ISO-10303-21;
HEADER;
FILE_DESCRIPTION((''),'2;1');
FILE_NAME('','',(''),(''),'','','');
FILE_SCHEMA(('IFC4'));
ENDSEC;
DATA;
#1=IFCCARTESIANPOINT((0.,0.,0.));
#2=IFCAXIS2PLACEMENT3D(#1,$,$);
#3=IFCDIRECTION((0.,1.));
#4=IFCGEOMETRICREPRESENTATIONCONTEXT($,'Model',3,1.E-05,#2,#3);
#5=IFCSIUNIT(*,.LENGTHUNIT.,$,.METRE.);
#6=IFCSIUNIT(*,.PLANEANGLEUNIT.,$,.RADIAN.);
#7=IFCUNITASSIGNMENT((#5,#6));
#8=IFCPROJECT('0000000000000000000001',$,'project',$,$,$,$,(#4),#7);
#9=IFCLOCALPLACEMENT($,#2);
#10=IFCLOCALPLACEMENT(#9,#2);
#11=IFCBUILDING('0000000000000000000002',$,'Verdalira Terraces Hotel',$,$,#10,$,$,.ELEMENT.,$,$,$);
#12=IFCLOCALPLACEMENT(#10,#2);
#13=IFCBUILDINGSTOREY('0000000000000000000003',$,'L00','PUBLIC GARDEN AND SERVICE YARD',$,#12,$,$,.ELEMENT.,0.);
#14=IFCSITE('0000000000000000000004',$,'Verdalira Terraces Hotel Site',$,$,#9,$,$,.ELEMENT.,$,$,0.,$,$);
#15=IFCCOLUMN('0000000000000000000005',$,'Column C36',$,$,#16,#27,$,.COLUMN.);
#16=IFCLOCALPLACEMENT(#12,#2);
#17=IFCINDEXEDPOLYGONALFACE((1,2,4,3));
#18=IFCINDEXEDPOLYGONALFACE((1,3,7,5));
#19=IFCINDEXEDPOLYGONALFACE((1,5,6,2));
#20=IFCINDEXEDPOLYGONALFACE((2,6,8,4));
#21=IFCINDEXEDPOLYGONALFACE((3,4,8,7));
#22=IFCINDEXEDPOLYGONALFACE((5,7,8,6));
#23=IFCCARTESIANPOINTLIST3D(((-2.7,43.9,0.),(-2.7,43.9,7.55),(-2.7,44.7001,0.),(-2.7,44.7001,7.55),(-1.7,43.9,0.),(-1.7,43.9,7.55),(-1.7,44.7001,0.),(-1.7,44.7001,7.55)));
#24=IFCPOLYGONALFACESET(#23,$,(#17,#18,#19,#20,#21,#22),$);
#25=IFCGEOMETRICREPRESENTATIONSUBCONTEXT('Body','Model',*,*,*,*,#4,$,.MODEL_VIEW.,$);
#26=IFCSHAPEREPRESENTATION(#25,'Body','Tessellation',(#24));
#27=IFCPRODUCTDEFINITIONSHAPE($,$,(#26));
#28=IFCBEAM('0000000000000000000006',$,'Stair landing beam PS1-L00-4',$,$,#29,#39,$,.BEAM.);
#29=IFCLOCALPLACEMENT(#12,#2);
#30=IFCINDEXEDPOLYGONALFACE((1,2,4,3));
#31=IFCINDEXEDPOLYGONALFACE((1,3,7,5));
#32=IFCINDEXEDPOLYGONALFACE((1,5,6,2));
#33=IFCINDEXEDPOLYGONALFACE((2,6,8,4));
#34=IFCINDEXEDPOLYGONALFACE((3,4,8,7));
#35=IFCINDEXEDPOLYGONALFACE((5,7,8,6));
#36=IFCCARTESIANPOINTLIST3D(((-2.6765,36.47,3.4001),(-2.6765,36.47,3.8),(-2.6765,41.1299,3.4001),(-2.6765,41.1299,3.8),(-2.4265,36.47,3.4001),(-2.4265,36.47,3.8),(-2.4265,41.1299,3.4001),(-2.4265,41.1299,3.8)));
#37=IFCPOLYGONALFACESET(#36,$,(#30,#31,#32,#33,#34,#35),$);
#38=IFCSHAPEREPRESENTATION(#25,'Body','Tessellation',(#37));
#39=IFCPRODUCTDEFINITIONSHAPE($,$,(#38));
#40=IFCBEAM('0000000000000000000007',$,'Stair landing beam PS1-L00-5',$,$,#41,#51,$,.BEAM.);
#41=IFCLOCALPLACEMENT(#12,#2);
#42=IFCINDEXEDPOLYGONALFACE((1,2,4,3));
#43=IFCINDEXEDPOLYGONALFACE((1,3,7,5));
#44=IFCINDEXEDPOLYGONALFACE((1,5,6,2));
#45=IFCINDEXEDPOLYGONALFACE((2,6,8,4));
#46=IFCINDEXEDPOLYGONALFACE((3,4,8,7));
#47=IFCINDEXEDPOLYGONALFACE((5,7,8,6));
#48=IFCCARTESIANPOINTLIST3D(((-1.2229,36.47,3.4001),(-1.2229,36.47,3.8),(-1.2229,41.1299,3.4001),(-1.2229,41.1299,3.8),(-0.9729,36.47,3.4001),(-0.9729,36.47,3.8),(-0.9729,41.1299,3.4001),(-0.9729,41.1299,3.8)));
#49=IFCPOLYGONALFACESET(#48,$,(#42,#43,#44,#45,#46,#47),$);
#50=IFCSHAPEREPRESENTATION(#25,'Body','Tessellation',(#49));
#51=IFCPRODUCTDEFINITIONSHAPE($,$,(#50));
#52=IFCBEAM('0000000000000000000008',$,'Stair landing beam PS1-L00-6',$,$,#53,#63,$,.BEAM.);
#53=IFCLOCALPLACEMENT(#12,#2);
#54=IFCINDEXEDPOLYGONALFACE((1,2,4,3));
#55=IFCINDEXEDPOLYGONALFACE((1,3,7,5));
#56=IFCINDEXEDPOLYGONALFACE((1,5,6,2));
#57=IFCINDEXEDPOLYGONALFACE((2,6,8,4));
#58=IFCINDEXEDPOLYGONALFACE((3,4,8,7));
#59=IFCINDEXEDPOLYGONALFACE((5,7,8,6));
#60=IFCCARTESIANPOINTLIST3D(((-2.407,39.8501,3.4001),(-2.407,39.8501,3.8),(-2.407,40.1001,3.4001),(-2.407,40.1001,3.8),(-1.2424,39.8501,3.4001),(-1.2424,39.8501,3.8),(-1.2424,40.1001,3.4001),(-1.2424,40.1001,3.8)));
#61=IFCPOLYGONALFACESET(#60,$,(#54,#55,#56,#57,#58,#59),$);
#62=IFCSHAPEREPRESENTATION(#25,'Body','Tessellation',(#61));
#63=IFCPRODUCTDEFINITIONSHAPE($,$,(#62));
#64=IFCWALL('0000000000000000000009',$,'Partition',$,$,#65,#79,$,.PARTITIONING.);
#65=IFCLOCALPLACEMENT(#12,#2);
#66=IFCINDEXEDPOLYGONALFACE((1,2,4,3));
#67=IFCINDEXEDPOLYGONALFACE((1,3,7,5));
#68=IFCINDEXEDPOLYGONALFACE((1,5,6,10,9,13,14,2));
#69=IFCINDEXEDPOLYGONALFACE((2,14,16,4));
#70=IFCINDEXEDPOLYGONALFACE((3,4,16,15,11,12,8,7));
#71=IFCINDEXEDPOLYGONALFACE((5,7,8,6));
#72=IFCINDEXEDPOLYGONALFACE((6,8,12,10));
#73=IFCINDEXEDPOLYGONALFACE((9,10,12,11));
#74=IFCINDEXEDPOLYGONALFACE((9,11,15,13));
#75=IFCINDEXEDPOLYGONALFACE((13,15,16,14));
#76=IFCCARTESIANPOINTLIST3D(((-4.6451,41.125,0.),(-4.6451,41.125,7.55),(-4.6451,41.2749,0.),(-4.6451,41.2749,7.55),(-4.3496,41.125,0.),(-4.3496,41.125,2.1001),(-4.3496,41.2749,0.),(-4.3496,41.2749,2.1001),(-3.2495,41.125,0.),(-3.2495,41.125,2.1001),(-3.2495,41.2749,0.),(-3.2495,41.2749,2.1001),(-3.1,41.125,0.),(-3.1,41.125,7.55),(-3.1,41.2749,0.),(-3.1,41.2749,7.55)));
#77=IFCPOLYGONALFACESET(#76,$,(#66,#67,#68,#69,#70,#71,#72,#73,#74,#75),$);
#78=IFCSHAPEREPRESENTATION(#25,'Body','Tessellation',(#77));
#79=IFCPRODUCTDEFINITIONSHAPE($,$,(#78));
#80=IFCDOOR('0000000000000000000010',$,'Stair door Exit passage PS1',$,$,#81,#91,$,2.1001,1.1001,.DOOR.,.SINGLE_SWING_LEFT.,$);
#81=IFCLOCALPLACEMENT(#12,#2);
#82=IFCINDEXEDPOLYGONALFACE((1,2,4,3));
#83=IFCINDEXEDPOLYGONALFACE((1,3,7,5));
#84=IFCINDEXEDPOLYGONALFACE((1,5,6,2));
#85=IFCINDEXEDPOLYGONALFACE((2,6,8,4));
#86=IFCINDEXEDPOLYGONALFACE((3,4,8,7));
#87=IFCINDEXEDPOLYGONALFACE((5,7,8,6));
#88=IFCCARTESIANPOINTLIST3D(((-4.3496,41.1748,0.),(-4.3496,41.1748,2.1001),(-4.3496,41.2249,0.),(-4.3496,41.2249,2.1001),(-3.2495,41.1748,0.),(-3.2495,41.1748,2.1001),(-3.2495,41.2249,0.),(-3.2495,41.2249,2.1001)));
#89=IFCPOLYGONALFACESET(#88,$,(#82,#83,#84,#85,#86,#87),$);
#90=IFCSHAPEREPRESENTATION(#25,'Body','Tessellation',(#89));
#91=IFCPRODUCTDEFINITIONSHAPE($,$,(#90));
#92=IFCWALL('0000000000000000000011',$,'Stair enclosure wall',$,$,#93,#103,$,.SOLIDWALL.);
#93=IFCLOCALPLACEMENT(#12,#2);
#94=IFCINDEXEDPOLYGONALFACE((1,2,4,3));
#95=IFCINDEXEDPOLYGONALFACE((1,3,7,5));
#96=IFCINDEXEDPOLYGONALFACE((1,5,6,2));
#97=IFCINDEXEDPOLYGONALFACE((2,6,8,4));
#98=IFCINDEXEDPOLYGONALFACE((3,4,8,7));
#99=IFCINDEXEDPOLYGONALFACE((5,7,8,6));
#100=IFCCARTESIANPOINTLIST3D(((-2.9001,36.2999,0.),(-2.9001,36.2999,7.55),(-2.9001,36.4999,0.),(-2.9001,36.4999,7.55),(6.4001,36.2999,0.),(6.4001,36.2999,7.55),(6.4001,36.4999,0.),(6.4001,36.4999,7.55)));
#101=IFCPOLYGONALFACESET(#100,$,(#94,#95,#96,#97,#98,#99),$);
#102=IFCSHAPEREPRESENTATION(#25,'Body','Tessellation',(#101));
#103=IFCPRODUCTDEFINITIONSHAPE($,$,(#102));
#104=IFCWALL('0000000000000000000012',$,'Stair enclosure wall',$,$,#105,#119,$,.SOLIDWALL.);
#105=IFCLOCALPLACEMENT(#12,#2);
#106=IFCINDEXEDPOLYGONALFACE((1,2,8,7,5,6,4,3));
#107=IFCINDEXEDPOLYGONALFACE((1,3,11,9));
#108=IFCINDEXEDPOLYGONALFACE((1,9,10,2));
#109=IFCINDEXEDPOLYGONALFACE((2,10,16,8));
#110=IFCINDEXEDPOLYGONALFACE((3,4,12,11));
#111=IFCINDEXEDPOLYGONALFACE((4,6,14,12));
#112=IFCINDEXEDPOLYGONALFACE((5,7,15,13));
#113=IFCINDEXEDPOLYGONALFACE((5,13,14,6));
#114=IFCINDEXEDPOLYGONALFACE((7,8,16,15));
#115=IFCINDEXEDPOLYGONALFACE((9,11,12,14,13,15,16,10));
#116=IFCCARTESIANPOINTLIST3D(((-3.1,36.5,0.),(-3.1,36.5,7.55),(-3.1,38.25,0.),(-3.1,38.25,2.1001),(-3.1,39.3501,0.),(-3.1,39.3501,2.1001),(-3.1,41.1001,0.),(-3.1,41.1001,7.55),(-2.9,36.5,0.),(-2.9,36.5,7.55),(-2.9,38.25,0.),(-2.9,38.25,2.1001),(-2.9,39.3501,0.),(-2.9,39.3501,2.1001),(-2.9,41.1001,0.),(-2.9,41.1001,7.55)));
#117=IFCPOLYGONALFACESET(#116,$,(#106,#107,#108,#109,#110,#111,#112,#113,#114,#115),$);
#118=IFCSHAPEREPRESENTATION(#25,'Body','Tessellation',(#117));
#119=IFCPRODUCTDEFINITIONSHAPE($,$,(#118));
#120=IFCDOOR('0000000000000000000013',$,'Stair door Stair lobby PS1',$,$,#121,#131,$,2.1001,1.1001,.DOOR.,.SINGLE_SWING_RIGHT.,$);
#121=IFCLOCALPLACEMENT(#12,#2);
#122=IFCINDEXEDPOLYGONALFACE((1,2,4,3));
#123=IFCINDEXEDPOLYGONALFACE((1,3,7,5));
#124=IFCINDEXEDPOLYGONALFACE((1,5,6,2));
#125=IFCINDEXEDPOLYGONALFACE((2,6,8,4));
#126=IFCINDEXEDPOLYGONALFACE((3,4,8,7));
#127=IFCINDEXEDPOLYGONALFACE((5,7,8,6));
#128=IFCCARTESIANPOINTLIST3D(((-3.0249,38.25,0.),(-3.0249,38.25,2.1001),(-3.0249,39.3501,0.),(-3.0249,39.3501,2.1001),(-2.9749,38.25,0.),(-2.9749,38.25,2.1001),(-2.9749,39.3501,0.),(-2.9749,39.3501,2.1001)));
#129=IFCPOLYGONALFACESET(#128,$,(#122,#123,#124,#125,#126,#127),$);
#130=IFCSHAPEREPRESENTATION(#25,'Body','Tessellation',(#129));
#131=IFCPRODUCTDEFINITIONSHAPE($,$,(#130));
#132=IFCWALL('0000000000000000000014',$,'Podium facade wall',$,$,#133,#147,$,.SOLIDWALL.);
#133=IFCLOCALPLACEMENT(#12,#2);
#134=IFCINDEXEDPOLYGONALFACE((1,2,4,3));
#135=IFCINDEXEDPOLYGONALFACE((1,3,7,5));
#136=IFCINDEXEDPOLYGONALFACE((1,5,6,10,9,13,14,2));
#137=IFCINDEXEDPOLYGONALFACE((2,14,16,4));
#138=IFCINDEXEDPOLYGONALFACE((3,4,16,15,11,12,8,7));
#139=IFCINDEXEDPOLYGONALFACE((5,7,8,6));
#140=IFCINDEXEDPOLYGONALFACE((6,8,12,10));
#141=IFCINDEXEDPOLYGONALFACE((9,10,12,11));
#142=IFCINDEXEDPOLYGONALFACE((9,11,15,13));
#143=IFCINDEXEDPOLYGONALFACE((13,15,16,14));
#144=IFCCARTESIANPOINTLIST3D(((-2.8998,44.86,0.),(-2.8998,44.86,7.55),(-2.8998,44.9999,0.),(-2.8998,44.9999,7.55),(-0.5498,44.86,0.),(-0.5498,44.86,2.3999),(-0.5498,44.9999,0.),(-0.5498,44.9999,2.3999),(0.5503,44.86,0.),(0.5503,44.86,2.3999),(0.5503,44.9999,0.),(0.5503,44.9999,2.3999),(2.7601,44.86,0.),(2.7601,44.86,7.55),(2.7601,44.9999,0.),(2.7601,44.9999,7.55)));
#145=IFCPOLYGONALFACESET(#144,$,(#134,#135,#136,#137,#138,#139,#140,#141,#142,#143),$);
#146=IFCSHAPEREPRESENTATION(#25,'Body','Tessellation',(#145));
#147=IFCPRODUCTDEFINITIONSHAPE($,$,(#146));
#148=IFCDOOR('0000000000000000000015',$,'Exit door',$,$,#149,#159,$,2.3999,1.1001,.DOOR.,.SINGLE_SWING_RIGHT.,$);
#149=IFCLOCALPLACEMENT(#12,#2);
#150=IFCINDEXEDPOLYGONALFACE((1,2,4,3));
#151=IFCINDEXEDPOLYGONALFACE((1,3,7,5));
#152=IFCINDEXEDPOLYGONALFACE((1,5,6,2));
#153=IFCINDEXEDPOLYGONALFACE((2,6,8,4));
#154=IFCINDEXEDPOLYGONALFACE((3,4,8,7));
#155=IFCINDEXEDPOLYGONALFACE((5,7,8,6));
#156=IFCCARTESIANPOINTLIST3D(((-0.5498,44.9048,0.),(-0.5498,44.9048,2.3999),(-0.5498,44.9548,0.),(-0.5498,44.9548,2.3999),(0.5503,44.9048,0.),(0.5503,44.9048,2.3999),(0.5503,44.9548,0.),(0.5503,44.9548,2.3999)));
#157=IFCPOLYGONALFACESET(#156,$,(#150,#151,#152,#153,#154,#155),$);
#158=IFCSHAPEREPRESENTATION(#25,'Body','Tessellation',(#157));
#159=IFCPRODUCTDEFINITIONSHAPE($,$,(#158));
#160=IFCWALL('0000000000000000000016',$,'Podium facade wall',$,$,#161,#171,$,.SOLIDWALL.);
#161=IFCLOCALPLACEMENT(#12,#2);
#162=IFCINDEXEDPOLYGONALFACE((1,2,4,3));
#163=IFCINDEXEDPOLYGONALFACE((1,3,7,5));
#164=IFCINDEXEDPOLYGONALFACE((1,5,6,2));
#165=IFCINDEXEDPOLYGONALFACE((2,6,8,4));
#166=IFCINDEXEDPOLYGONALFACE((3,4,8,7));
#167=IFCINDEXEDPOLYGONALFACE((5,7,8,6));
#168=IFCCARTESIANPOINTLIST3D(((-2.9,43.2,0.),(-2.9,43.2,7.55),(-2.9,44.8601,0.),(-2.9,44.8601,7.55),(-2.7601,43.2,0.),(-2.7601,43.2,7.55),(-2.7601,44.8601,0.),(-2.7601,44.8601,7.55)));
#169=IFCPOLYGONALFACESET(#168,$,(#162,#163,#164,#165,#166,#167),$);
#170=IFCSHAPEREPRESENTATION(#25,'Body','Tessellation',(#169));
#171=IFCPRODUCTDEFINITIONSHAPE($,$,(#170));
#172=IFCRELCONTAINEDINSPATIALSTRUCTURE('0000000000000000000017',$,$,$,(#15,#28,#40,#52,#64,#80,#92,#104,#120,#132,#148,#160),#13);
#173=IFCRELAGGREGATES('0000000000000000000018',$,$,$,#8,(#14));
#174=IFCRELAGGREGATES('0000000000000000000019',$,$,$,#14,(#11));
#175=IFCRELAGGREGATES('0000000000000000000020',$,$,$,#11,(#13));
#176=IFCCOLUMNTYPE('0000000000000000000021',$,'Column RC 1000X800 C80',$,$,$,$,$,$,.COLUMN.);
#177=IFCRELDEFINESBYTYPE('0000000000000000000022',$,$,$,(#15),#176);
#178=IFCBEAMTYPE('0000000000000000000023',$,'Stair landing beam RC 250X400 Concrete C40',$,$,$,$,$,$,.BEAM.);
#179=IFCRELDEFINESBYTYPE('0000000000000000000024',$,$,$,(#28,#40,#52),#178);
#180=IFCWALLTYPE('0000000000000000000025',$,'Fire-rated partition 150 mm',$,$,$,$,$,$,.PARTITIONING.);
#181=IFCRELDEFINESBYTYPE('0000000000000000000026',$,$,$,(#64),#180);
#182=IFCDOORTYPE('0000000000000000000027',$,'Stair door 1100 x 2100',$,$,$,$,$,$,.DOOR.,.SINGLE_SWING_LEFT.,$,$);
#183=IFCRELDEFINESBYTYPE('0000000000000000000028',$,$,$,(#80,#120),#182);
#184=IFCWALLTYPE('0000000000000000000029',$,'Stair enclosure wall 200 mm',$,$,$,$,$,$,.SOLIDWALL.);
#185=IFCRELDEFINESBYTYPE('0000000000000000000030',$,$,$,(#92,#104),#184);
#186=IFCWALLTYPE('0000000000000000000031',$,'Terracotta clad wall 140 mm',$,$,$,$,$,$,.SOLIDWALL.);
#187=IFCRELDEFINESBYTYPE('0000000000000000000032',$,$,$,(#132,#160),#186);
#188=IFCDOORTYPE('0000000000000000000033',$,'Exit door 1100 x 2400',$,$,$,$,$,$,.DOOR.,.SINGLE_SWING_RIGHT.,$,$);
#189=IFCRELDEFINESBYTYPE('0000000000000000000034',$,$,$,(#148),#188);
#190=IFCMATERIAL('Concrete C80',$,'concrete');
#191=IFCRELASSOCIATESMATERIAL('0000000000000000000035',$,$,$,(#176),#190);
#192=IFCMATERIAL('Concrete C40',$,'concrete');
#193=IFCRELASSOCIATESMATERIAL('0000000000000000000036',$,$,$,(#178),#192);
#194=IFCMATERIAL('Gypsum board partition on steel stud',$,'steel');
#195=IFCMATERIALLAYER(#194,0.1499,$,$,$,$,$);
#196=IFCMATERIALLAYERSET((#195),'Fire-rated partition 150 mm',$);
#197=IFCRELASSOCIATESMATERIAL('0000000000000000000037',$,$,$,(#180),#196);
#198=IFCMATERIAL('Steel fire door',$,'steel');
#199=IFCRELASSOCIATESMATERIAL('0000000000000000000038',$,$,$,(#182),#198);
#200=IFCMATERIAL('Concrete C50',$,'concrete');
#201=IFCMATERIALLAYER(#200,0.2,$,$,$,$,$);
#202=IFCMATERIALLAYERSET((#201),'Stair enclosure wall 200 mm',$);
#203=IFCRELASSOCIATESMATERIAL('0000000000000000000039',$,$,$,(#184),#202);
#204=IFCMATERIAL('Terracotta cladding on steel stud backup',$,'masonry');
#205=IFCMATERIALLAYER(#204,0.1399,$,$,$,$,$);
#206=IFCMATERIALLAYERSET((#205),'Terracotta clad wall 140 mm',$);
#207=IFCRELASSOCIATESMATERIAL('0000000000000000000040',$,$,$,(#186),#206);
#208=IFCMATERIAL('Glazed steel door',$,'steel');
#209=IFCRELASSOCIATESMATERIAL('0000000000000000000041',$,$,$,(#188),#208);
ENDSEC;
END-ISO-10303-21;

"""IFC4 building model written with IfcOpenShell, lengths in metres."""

from ifc_helpers import new_model, si_unit, direction, frame, frame_2d, origin, origin_2d, place, context, subcontext, project, spatial, rectangle, extrude, material, layer, layer_set, material_profile, profile_set, type_object, element, fill, save


model = new_model("IFC4")

# Units and contexts
model_context = context("Model", 3, precision=1e-05, world=origin(), true_north=direction((0.0, 1.0)))
body_context = subcontext(model_context, "Body", "Model", "MODEL_VIEW")
ifc_project = project(units=[si_unit("LENGTHUNIT", "METRE"), si_unit("PLANEANGLEUNIT", "RADIAN")], contexts=[model_context])

# Site, building, storey
site_placement = place(None, origin())
site = spatial("IfcSite", under=ifc_project, at=site_placement, Name="Verdalira Terraces Hotel Site", CompositionType="ELEMENT", RefElevation=0.0)
building_placement = place(site_placement, origin())
building = spatial("IfcBuilding", under=site, at=building_placement, Name="Verdalira Terraces Hotel", CompositionType="ELEMENT")
storey_placement = place(building_placement, origin())
storey = spatial("IfcBuildingStorey", under=building, at=storey_placement, Name="L00", Description="PUBLIC GARDEN AND SERVICE YARD", CompositionType="ELEMENT", Elevation=0.0)

# Column
ifc_material_1 = material(Name="Concrete C80", Category="concrete")
ifc_material_profile_1 = material_profile(ifc_material_1, rectangle(XDim=1.0, YDim=0.8, at=origin_2d()), Name="RC 1000X800")
ifc_profile_set_1 = profile_set([ifc_material_profile_1], Name="Concrete C80")
column_type = type_object("IfcColumnType", Name="Column RC 1000X800 C80", PredefinedType="COLUMN", material=ifc_profile_set_1)
column_placement = place(storey_placement, frame((-2.2, 44.3, 0.0), z_axis=(0.0, 0.0, 1.0), x_axis=(-1.0, 0.0, 0.0)))
element("IfcColumn", 1, at=column_placement, inside=storey, type_object=column_type, Name="Column C36", PredefinedType="COLUMN", context=body_context, shape_type="SweptSolid", body=[
    extrude(rectangle(XDim=1.0, YDim=0.8, at=origin_2d()), origin(), (0.0, 0.0, 1.0), 7.55),
])

# Beams
ifc_material_2 = material(Name="Concrete C40", Category="concrete")
ifc_material_profile_2 = material_profile(ifc_material_2, rectangle(XDim=0.25, YDim=0.3999, at=origin_2d()), Name="RC 250X400")
ifc_profile_set_2 = profile_set([ifc_material_profile_2], Name="Concrete C40")
beam_type = type_object("IfcBeamType", Name="Stair landing beam RC 250X400 Concrete C40", PredefinedType="BEAM", material=ifc_profile_set_2)
for number, where, z_axis, x_axis, name in (
    (2, (-2.5515, 36.47, 3.6001), (0.0, 1.0, 0.0), (-1.0, 0.0, 0.0), "Stair landing beam PS1-L00-4"),
    (3, (-1.0979, 36.47, 3.6001), (0.0, 1.0, 0.0), (-1.0, 0.0, 0.0), "Stair landing beam PS1-L00-5"),
):
    element("IfcBeam", number, at=place(storey_placement, frame(where, z_axis=z_axis, x_axis=x_axis)), inside=storey, type_object=beam_type, Name=name, PredefinedType="BEAM", context=body_context, shape_type="SweptSolid", body=[
        extrude(rectangle(XDim=0.25, YDim=0.3999, at=origin_2d()), origin(), (0.0, 0.0, 1.0), 4.6599),
    ])
beam_placement = place(storey_placement, frame((-2.407, 39.9751, 3.6001), z_axis=(1.0, 0.0, 0.0), x_axis=(0.0, 1.0, 0.0)))
element("IfcBeam", 4, at=beam_placement, inside=storey, type_object=beam_type, Name="Stair landing beam PS1-L00-6", PredefinedType="BEAM", context=body_context, shape_type="SweptSolid", body=[
    extrude(rectangle(XDim=0.25, YDim=0.3999, at=origin_2d()), origin(), (0.0, 0.0, 1.0), 1.1646),
])

# Wall, opening, door
ifc_material_3 = material(Name="Gypsum board partition on steel stud", Category="steel")
ifc_layer_1 = layer(ifc_material_3, 0.1499)
ifc_layer_set_1 = layer_set([ifc_layer_1], Name="Fire-rated partition 150 mm")
wall_type_1 = type_object("IfcWallType", Name="Fire-rated partition 150 mm", PredefinedType="PARTITIONING", material=ifc_layer_set_1)
wall_1_placement = place(storey_placement, frame((-4.645, 41.2, 0.0), z_axis=(0.0, 0.0, 1.0), x_axis=(1.0, 0.0, 0.0)))
wall_1 = element("IfcWall", 5, at=wall_1_placement, inside=storey, type_object=wall_type_1, Name="Partition", PredefinedType="PARTITIONING", context=body_context, shape_type="SweptSolid", body=[
    extrude(rectangle(XDim=1.5452, YDim=0.1499, at=frame_2d((0.7725, 0.0))), origin(), (0.0, 0.0, 1.0), 7.55),
])
opening_1_placement = place(wall_1_placement, frame((0.2954, 0.0, 0.0)))
opening_1 = element("IfcOpeningElement", 6, at=opening_1_placement, cuts=wall_1, PredefinedType="OPENING", context=body_context, shape_type="SweptSolid", body=[
    extrude(rectangle(XDim=1.1001, YDim=2.1001, at=frame_2d((0.55, 1.05))), frame((0.0, 0.085, 0.0), z_axis=(0.0, -1.0, 0.0), x_axis=(1.0, 0.0, 0.0)), (0.0, 0.0, 1.0), 0.1699),
])
ifc_material_4 = material(Name="Steel fire door", Category="steel")
door_type_1 = type_object("IfcDoorType", Name="Stair door 1100 x 2100", OperationType="SINGLE_SWING_LEFT", PredefinedType="DOOR", material=ifc_material_4)
door_1_placement = place(opening_1_placement, origin())
door_1 = element("IfcDoor", 7, at=door_1_placement, inside=storey, type_object=door_type_1, Name="Stair door Exit passage PS1", OperationType="SINGLE_SWING_LEFT", OverallHeight=2.1001, OverallWidth=1.1001, PredefinedType="DOOR", context=body_context, shape_type="SweptSolid", body=[
    extrude(rectangle(XDim=1.1001, YDim=2.1001, at=frame_2d((0.55, 1.05))), frame((0.0, 0.0249, 0.0), z_axis=(0.0, -1.0, 0.0), x_axis=(1.0, 0.0, 0.0)), (0.0, 0.0, 1.0), 0.05),
])
fill(opening_1, door_1)

# Wall
ifc_material_5 = material(Name="Concrete C50", Category="concrete")
ifc_layer_2 = layer(ifc_material_5, 0.2)
ifc_layer_set_2 = layer_set([ifc_layer_2], Name="Stair enclosure wall 200 mm")
wall_type_2 = type_object("IfcWallType", Name="Stair enclosure wall 200 mm", PredefinedType="SOLIDWALL", material=ifc_layer_set_2)
wall_2_placement = place(storey_placement, frame((-2.9001, 36.3999, 0.0), z_axis=(0.0, 0.0, 1.0), x_axis=(1.0, 0.0, 0.0)))
element("IfcWall", 8, at=wall_2_placement, inside=storey, type_object=wall_type_2, Name="Stair enclosure wall", PredefinedType="SOLIDWALL", context=body_context, shape_type="SweptSolid", body=[
    extrude(rectangle(XDim=9.3003, YDim=0.2, at=frame_2d((4.6501, 0.0))), origin(), (0.0, 0.0, 1.0), 7.55),
])

# Walls, openings, doors
wall_3_placement = place(storey_placement, frame((-3.0, 36.5, 0.0), z_axis=(0.0, 0.0, 1.0), x_axis=(0.0, 1.0, 0.0)))
wall_3 = element("IfcWall", 9, at=wall_3_placement, inside=storey, type_object=wall_type_2, Name="Stair enclosure wall", PredefinedType="SOLIDWALL", context=body_context, shape_type="SweptSolid", body=[
    extrude(rectangle(XDim=4.6001, YDim=0.2, at=frame_2d((2.3, 0.0))), origin(), (0.0, 0.0, 1.0), 7.55),
])
opening_2_placement = place(wall_3_placement, frame((1.75, 0.0, 0.0)))
opening_2 = element("IfcOpeningElement", 10, at=opening_2_placement, cuts=wall_3, PredefinedType="OPENING", context=body_context, shape_type="SweptSolid", body=[
    extrude(rectangle(XDim=1.1001, YDim=2.1001, at=frame_2d((0.55, 1.05))), frame((0.0, 0.1099, 0.0), z_axis=(0.0, -1.0, 0.0), x_axis=(1.0, 0.0, 0.0)), (0.0, 0.0, 1.0), 0.22),
])
door_2_placement = place(opening_2_placement, origin())
door_2 = element("IfcDoor", 11, at=door_2_placement, inside=storey, type_object=door_type_1, Name="Stair door Stair lobby PS1", OperationType="SINGLE_SWING_RIGHT", OverallHeight=2.1001, OverallWidth=1.1001, PredefinedType="DOOR", context=body_context, shape_type="SweptSolid", body=[
    extrude(rectangle(XDim=1.1001, YDim=2.1001, at=frame_2d((0.55, 1.05))), frame((0.0, 0.0249, 0.0), z_axis=(0.0, -1.0, 0.0), x_axis=(1.0, 0.0, 0.0)), (0.0, 0.0, 1.0), 0.05),
])
fill(opening_2, door_2)
ifc_material_6 = material(Name="Terracotta cladding on steel stud backup", Category="masonry")
ifc_layer_3 = layer(ifc_material_6, 0.1399)
ifc_layer_set_3 = layer_set([ifc_layer_3], Name="Terracotta clad wall 140 mm")
wall_type_3 = type_object("IfcWallType", Name="Terracotta clad wall 140 mm", PredefinedType="SOLIDWALL", material=ifc_layer_set_3)
wall_4_placement = place(storey_placement, frame((-2.8999, 44.9299, 0.0), z_axis=(0.0, 0.0, 1.0), x_axis=(1.0, 0.0, 0.0)))
wall_4 = element("IfcWall", 12, at=wall_4_placement, inside=storey, type_object=wall_type_3, Name="Podium facade wall", PredefinedType="SOLIDWALL", context=body_context, shape_type="SweptSolid", body=[
    extrude(rectangle(XDim=5.6599, YDim=0.1399, at=frame_2d((2.8301, 0.0))), origin(), (0.0, 0.0, 1.0), 7.55),
])
opening_3_placement = place(wall_4_placement, frame((2.3501, 0.0, 0.0)))
opening_3 = element("IfcOpeningElement", 13, at=opening_3_placement, cuts=wall_4, PredefinedType="OPENING", context=body_context, shape_type="SweptSolid", body=[
    extrude(rectangle(XDim=1.1001, YDim=2.3999, at=frame_2d((0.55, 1.2))), frame((0.0, 0.0798, 0.0), z_axis=(0.0, -1.0, 0.0), x_axis=(1.0, 0.0, 0.0)), (0.0, 0.0, 1.0), 0.1599),
])
ifc_material_7 = material(Name="Glazed steel door", Category="steel")
door_type_2 = type_object("IfcDoorType", Name="Exit door 1100 x 2400", OperationType="SINGLE_SWING_RIGHT", PredefinedType="DOOR", material=ifc_material_7)
door_3_placement = place(opening_3_placement, origin())
door_3 = element("IfcDoor", 14, at=door_3_placement, inside=storey, type_object=door_type_2, Name="Exit door", OperationType="SINGLE_SWING_RIGHT", OverallHeight=2.3999, OverallWidth=1.1001, PredefinedType="DOOR", context=body_context, shape_type="SweptSolid", body=[
    extrude(rectangle(XDim=1.1001, YDim=2.3999, at=frame_2d((0.55, 1.2))), frame((0.0, 0.0249, 0.0), z_axis=(0.0, -1.0, 0.0), x_axis=(1.0, 0.0, 0.0)), (0.0, 0.0, 1.0), 0.05),
])
fill(opening_3, door_3)

# Wall
wall_5_placement = place(storey_placement, frame((-2.8301, 44.8601, 0.0), z_axis=(0.0, 0.0, 1.0), x_axis=(0.0, -1.0, 0.0)))
element("IfcWall", 15, at=wall_5_placement, inside=storey, type_object=wall_type_3, Name="Podium facade wall", PredefinedType="SOLIDWALL", context=body_context, shape_type="SweptSolid", body=[
    extrude(rectangle(XDim=1.6602, YDim=0.1399, at=frame_2d((0.8301, 0.0))), origin(), (0.0, 0.0, 1.0), 7.55),
])

save(model, "model.ifc")
